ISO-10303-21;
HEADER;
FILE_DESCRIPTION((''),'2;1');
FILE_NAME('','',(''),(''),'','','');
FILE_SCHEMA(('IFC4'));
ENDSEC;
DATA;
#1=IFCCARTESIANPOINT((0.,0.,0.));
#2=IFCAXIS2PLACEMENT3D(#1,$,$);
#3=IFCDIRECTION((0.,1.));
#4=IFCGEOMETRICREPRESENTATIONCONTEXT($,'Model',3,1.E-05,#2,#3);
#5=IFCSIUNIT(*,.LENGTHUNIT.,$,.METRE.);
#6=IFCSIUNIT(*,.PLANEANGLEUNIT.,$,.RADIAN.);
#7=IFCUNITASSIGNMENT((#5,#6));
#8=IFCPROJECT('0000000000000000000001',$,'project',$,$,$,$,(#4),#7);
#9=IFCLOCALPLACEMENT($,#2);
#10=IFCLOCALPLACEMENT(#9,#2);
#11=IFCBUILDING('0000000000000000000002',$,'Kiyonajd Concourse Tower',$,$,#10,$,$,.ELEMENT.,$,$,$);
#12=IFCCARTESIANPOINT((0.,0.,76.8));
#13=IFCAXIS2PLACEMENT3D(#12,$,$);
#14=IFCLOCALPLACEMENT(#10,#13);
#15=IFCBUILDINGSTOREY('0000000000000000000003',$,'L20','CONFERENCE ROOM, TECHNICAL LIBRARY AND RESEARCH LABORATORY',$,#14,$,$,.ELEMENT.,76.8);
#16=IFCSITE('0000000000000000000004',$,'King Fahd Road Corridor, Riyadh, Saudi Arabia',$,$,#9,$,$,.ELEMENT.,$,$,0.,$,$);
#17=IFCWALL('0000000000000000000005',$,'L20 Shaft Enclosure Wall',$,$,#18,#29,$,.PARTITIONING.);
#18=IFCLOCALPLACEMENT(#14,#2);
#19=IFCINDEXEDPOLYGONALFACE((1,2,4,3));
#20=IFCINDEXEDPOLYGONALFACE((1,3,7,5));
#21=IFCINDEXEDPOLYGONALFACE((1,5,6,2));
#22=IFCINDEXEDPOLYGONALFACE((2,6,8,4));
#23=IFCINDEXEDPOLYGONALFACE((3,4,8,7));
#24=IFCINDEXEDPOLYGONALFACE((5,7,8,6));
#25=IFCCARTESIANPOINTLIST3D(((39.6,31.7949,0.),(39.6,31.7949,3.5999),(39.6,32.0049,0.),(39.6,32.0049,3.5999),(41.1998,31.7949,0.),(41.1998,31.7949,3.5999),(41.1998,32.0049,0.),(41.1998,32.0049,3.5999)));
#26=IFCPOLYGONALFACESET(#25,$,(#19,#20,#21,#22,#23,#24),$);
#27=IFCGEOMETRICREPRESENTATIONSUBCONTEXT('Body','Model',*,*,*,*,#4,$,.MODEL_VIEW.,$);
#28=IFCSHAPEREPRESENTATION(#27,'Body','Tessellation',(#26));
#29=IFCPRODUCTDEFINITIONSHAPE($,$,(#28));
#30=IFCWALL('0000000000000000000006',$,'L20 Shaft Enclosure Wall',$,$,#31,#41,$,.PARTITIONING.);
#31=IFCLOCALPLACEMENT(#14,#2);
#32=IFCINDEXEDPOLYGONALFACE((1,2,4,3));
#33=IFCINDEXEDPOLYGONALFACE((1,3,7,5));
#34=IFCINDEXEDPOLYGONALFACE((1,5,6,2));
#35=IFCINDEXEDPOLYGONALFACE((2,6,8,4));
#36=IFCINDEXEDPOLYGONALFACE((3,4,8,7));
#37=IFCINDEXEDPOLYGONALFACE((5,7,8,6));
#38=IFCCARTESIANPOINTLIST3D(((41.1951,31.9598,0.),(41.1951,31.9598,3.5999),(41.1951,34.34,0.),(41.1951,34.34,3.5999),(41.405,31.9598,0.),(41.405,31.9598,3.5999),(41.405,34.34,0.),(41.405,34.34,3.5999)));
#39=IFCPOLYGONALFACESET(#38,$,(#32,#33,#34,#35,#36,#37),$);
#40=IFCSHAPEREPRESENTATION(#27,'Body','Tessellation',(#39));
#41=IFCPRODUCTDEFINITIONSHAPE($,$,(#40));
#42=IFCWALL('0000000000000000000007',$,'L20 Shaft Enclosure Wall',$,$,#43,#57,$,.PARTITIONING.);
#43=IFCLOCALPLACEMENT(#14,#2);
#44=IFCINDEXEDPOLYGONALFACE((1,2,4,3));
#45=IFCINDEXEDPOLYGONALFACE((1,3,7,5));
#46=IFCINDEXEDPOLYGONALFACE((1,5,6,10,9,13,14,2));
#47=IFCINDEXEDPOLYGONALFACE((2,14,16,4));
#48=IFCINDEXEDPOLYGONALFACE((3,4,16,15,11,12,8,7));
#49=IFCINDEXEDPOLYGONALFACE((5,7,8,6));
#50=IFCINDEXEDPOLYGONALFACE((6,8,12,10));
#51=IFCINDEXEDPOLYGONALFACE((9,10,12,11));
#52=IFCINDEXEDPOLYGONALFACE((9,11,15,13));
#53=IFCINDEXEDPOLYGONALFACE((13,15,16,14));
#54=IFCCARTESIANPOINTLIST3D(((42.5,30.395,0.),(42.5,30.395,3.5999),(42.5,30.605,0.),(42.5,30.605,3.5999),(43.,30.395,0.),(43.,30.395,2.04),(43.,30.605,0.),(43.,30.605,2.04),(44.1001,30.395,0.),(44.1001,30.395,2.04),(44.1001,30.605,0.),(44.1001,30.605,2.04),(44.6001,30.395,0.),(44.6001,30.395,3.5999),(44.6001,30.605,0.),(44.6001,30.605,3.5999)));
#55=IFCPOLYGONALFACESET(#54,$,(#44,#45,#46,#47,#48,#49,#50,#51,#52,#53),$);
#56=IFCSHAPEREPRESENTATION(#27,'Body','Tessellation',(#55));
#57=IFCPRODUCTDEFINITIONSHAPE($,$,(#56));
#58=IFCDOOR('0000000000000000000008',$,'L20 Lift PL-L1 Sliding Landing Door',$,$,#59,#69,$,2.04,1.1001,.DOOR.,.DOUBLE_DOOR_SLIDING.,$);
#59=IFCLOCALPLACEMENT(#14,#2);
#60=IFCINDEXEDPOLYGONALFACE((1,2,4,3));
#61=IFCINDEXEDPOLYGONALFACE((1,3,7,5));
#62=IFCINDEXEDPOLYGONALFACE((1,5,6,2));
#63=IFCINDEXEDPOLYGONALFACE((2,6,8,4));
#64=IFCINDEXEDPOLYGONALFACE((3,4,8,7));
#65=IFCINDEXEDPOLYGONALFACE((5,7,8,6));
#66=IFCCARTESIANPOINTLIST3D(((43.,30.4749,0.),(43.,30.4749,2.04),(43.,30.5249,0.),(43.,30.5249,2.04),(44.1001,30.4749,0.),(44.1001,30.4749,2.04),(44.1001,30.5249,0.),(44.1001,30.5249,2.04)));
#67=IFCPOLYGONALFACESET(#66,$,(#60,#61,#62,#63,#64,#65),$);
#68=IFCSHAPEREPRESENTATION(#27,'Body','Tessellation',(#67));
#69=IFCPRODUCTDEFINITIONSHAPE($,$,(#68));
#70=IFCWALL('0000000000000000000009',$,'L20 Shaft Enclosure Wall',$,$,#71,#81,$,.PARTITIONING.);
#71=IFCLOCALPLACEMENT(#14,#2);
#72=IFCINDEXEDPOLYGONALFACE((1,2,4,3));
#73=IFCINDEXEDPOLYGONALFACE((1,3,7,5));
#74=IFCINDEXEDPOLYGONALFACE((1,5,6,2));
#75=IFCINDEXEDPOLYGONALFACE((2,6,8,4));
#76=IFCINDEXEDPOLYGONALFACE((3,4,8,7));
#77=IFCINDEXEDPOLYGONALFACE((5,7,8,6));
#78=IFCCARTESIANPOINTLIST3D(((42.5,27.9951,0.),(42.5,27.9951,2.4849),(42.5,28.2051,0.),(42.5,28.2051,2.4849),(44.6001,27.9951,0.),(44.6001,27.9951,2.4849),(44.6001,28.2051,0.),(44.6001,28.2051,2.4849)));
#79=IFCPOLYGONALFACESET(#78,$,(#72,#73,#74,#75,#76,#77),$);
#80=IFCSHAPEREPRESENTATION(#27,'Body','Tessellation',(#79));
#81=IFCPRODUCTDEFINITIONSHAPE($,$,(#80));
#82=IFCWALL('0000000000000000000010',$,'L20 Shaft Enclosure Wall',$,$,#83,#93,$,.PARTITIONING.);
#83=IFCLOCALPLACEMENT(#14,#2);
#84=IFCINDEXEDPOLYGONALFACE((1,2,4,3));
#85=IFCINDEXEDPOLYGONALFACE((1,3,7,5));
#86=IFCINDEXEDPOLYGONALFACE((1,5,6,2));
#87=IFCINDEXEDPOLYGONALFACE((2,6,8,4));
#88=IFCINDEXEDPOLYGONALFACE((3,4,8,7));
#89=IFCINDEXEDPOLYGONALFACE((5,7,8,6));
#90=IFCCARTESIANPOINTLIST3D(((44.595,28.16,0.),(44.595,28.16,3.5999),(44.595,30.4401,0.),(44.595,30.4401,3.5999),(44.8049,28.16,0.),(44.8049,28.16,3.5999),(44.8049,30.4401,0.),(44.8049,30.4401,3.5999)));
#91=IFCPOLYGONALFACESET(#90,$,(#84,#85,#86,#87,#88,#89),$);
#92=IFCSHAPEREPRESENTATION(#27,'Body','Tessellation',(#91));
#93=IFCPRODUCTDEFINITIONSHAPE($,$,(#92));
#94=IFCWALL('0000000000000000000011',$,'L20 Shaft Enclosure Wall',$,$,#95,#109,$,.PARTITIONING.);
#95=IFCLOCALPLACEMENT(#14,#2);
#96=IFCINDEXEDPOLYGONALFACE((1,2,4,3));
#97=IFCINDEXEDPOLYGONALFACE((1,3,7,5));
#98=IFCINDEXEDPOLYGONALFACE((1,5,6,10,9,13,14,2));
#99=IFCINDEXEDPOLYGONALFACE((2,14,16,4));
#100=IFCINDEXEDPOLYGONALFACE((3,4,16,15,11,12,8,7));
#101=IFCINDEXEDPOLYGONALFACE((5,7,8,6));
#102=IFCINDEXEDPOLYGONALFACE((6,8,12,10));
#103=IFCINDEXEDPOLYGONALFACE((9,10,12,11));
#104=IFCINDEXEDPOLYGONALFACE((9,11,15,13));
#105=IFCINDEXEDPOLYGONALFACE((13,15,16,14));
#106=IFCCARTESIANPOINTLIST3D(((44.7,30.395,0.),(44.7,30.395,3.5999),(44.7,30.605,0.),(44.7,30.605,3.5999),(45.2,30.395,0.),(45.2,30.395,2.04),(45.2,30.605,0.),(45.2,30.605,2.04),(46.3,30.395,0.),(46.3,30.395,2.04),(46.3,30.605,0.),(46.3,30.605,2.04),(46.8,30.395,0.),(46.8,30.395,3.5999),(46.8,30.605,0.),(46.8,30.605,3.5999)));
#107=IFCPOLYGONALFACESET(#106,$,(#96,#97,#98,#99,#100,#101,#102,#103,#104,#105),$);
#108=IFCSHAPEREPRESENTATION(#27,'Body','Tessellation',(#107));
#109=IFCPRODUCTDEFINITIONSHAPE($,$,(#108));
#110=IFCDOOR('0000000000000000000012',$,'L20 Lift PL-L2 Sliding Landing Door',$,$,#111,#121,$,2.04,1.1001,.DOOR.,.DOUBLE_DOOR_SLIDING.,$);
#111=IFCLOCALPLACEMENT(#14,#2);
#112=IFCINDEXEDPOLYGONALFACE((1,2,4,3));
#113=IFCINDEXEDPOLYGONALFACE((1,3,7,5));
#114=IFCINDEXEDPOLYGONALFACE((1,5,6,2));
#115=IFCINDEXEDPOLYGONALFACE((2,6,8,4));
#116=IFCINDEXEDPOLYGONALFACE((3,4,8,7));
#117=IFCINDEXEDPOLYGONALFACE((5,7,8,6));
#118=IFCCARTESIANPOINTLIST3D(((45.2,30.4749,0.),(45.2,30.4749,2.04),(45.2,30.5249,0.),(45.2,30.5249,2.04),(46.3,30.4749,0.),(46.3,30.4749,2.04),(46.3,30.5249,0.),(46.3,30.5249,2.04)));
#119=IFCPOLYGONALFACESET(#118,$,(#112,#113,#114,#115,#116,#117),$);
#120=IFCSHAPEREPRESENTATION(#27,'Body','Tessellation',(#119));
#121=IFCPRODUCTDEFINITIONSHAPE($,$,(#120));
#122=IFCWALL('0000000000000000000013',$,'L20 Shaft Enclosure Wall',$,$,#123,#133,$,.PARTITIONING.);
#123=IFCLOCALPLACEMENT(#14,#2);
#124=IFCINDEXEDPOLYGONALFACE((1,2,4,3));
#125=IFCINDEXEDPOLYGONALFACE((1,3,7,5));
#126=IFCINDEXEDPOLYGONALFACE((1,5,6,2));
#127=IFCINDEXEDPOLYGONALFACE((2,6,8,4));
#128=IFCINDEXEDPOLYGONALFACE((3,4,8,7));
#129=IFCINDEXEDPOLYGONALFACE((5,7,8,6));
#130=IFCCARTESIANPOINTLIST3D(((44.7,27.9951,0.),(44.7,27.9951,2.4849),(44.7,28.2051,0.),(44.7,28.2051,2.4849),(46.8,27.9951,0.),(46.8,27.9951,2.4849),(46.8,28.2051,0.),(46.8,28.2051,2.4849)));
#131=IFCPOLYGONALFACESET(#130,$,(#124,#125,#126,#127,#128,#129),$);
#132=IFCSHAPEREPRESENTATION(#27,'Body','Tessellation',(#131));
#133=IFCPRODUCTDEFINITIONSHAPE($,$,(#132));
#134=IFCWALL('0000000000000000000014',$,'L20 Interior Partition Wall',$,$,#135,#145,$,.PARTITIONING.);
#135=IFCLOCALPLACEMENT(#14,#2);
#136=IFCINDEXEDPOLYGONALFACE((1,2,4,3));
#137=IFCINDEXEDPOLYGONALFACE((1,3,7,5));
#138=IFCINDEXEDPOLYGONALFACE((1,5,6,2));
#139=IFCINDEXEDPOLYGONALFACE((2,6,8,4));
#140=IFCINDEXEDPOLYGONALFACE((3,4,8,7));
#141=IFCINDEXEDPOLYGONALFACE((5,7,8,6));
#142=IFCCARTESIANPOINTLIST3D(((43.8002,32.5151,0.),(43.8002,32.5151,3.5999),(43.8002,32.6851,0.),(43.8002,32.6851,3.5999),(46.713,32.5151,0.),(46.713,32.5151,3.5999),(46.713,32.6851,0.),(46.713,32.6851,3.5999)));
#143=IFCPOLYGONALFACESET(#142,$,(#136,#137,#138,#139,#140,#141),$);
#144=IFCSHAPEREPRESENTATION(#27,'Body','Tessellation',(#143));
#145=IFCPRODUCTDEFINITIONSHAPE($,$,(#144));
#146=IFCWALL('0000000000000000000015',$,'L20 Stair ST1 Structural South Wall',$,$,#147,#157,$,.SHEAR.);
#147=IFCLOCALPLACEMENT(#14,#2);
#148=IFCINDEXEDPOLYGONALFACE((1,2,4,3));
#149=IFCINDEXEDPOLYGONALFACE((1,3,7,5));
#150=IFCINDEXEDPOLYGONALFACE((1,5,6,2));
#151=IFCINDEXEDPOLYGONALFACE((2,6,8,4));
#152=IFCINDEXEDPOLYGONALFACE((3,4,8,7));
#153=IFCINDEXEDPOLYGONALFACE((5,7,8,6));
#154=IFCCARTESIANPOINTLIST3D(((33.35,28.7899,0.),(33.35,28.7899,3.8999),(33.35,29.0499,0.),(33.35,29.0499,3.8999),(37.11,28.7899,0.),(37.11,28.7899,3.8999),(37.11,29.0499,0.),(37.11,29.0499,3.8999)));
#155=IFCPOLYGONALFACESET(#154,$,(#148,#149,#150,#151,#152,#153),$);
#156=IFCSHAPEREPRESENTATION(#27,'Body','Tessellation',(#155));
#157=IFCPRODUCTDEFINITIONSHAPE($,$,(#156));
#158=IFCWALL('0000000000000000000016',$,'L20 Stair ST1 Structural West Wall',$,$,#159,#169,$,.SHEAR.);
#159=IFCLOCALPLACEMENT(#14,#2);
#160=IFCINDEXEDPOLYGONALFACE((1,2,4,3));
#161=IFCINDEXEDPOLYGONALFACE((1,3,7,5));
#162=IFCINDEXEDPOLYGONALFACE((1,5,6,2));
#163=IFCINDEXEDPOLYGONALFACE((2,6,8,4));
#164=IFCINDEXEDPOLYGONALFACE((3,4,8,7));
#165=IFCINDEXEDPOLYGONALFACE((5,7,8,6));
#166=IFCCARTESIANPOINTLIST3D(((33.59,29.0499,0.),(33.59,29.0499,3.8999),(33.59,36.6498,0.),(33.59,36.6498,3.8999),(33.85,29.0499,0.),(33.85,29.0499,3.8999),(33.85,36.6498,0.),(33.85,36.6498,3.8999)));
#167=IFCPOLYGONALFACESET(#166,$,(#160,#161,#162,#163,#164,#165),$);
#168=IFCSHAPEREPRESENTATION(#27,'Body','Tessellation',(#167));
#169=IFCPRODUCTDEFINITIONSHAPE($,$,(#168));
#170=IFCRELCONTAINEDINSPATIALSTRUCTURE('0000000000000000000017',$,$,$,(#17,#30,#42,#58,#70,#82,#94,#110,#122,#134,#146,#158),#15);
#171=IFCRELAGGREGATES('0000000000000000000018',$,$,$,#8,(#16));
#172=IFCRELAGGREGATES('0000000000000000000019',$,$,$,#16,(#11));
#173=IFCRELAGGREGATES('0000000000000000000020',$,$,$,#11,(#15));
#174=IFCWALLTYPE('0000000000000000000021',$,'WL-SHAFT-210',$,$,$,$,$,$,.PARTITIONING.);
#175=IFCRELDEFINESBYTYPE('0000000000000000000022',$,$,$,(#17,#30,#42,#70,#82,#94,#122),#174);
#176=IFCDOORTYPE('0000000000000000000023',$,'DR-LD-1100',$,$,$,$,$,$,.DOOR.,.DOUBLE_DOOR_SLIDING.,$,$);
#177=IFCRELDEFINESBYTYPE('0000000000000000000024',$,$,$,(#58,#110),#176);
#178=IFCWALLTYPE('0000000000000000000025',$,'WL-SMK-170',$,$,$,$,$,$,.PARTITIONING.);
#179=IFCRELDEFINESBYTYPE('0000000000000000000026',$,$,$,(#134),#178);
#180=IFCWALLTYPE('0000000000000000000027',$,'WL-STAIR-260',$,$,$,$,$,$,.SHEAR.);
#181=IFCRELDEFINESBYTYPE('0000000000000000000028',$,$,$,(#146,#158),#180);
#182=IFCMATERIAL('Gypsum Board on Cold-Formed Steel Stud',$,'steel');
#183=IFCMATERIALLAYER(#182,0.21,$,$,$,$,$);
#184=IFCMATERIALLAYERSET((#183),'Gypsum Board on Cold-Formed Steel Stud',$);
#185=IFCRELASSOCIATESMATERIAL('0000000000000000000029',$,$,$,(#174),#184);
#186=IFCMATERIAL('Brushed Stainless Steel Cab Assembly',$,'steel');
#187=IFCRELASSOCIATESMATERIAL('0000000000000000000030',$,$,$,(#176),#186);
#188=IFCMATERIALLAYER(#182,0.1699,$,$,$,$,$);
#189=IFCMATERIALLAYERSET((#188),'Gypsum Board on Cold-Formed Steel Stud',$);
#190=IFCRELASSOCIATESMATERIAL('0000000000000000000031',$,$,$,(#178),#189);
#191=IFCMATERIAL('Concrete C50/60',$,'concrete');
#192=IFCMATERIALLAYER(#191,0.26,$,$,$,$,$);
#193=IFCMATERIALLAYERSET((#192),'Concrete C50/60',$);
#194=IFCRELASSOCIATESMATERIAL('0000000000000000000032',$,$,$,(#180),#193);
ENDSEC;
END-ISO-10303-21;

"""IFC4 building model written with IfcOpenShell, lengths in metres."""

from ifc_helpers import new_model, si_unit, direction, frame, frame_2d, origin, place, context, subcontext, project, spatial, rectangle, extrude, material, layer, layer_set, type_object, element, fill, save


model = new_model("IFC4")

# Units and contexts
model_context = context("Model", 3, precision=1e-05, world=origin(), true_north=direction((0.0, 1.0)))
body_context = subcontext(model_context, "Body", "Model", "MODEL_VIEW")
ifc_project = project(units=[si_unit("LENGTHUNIT", "METRE"), si_unit("PLANEANGLEUNIT", "RADIAN")], contexts=[model_context])

# Site, building, storey
site_placement = place(None, origin())
site = spatial("IfcSite", under=ifc_project, at=site_placement, Name="King Fahd Road Corridor, Riyadh, Saudi Arabia", CompositionType="ELEMENT", RefElevation=0.0)
building_placement = place(site_placement, origin())
building = spatial("IfcBuilding", under=site, at=building_placement, Name="Kiyonajd Concourse Tower", CompositionType="ELEMENT")
storey_placement = place(building_placement, frame((0.0, 0.0, 76.8)))
storey = spatial("IfcBuildingStorey", under=building, at=storey_placement, Name="L20", Description="CONFERENCE ROOM, TECHNICAL LIBRARY AND RESEARCH LABORATORY", CompositionType="ELEMENT", Elevation=76.8)

# Shared definitions
ifc_material_1 = material(Name="Concrete C50/60", Category="concrete")

# Shared definitions
ifc_material_2 = material(Name="Brushed Stainless Steel Cab Assembly", Category="steel")

# Shared definitions
ifc_material_3 = material(Name="Gypsum Board on Cold-Formed Steel Stud", Category="steel")

# Shared definitions
ifc_layer_1 = layer(ifc_material_3, 0.21)
ifc_layer_set_1 = layer_set([ifc_layer_1], Name="Gypsum Board on Cold-Formed Steel Stud")
wall_type_1 = type_object("IfcWallType", Name="WL-SHAFT-210", PredefinedType="PARTITIONING", material=ifc_layer_set_1)

# Walls
wall_1_placement = place(storey_placement, frame((39.6001, 31.8999, 0.0), z_axis=(0.0, 0.0, 1.0), x_axis=(1.0, 0.0, 0.0)))
element("IfcWall", 1, at=wall_1_placement, inside=storey, type_object=wall_type_1, Name="L20 Shaft Enclosure Wall", PredefinedType="PARTITIONING", context=body_context, shape_type="SweptSolid", body=[
    extrude(rectangle(XDim=1.5999, YDim=0.21, at=frame_2d((0.7998, 0.0))), origin(), (0.0, 0.0, 1.0), 3.5999),
])
wall_2_placement = place(storey_placement, frame((41.3, 31.96, 0.0), z_axis=(0.0, 0.0, 1.0), x_axis=(0.0, 1.0, 0.0)))
element("IfcWall", 2, at=wall_2_placement, inside=storey, type_object=wall_type_1, Name="L20 Shaft Enclosure Wall", PredefinedType="PARTITIONING", context=body_context, shape_type="SweptSolid", body=[
    extrude(rectangle(XDim=2.3801, YDim=0.21, at=frame_2d((1.1899, 0.0))), origin(), (0.0, 0.0, 1.0), 3.5999),
])

# Wall, opening, door
wall_3_placement = place(storey_placement, frame((42.5, 30.5, 0.0), z_axis=(0.0, 0.0, 1.0), x_axis=(1.0, 0.0, 0.0)))
wall_3 = element("IfcWall", 3, at=wall_3_placement, inside=storey, type_object=wall_type_1, Name="L20 Shaft Enclosure Wall", PredefinedType="PARTITIONING", context=body_context, shape_type="SweptSolid", body=[
    extrude(rectangle(XDim=2.1001, YDim=0.21, at=frame_2d((1.05, 0.0))), origin(), (0.0, 0.0, 1.0), 3.5999),
])
opening_1_placement = place(wall_3_placement, frame((0.5, 0.0, 0.0)))
opening_1 = element("IfcOpeningElement", 4, at=opening_1_placement, cuts=wall_3, PredefinedType="OPENING", context=body_context, shape_type="SweptSolid", body=[
    extrude(rectangle(XDim=1.1001, YDim=2.04, at=frame_2d((0.55, 1.02))), frame((0.0, 0.115, 0.0), z_axis=(0.0, -1.0, 0.0), x_axis=(1.0, 0.0, 0.0)), (0.0, 0.0, 1.0), 0.23),
])
door_type_1 = type_object("IfcDoorType", Name="DR-LD-1100", OperationType="DOUBLE_DOOR_SLIDING", PredefinedType="DOOR", material=ifc_material_2)
door_1_placement = place(opening_1_placement, origin())
door_1 = element("IfcDoor", 5, at=door_1_placement, inside=storey, type_object=door_type_1, Name="L20 Lift PL-L1 Sliding Landing Door", OperationType="DOUBLE_DOOR_SLIDING", OverallHeight=2.04, OverallWidth=1.1001, PredefinedType="DOOR", context=body_context, shape_type="SweptSolid", body=[
    extrude(rectangle(XDim=1.1001, YDim=2.04, at=frame_2d((0.55, 1.02))), frame((0.0, 0.0249, 0.0), z_axis=(0.0, -1.0, 0.0), x_axis=(1.0, 0.0, 0.0)), (0.0, 0.0, 1.0), 0.05),
])
fill(opening_1, door_1)

# Walls
wall_4_placement = place(storey_placement, frame((42.5, 28.1001, 0.0), z_axis=(0.0, 0.0, 1.0), x_axis=(1.0, 0.0, 0.0)))
element("IfcWall", 6, at=wall_4_placement, inside=storey, type_object=wall_type_1, Name="L20 Shaft Enclosure Wall", PredefinedType="PARTITIONING", context=body_context, shape_type="SweptSolid", body=[
    extrude(rectangle(XDim=2.1001, YDim=0.21, at=frame_2d((1.05, 0.0))), origin(), (0.0, 0.0, 1.0), 2.4849),
])
wall_5_placement = place(storey_placement, frame((44.7, 28.1599, 0.0), z_axis=(0.0, 0.0, 1.0), x_axis=(0.0, 1.0, 0.0)))
element("IfcWall", 7, at=wall_5_placement, inside=storey, type_object=wall_type_1, Name="L20 Shaft Enclosure Wall", PredefinedType="PARTITIONING", context=body_context, shape_type="SweptSolid", body=[
    extrude(rectangle(XDim=2.28, YDim=0.21, at=frame_2d((1.1401, 0.0))), origin(), (0.0, 0.0, 1.0), 3.5999),
])

# Wall, opening, door
wall_6_placement = place(storey_placement, frame((44.7, 30.5, 0.0), z_axis=(0.0, 0.0, 1.0), x_axis=(1.0, 0.0, 0.0)))
wall_6 = element("IfcWall", 8, at=wall_6_placement, inside=storey, type_object=wall_type_1, Name="L20 Shaft Enclosure Wall", PredefinedType="PARTITIONING", context=body_context, shape_type="SweptSolid", body=[
    extrude(rectangle(XDim=2.1001, YDim=0.21, at=frame_2d((1.05, 0.0))), origin(), (0.0, 0.0, 1.0), 3.5999),
])
opening_2_placement = place(wall_6_placement, frame((0.5, 0.0, 0.0)))
opening_2 = element("IfcOpeningElement", 9, at=opening_2_placement, cuts=wall_6, PredefinedType="OPENING", context=body_context, shape_type="SweptSolid", body=[
    extrude(rectangle(XDim=1.1001, YDim=2.04, at=frame_2d((0.55, 1.02))), frame((0.0, 0.115, 0.0), z_axis=(0.0, -1.0, 0.0), x_axis=(1.0, 0.0, 0.0)), (0.0, 0.0, 1.0), 0.23),
])
door_2_placement = place(opening_2_placement, origin())
door_2 = element("IfcDoor", 10, at=door_2_placement, inside=storey, type_object=door_type_1, Name="L20 Lift PL-L2 Sliding Landing Door", OperationType="DOUBLE_DOOR_SLIDING", OverallHeight=2.04, OverallWidth=1.1001, PredefinedType="DOOR", context=body_context, shape_type="SweptSolid", body=[
    extrude(rectangle(XDim=1.1001, YDim=2.04, at=frame_2d((0.55, 1.02))), frame((0.0, 0.0249, 0.0), z_axis=(0.0, -1.0, 0.0), x_axis=(1.0, 0.0, 0.0)), (0.0, 0.0, 1.0), 0.05),
])
fill(opening_2, door_2)

# Walls
wall_7_placement = place(storey_placement, frame((44.7, 28.1001, 0.0), z_axis=(0.0, 0.0, 1.0), x_axis=(1.0, 0.0, 0.0)))
element("IfcWall", 11, at=wall_7_placement, inside=storey, type_object=wall_type_1, Name="L20 Shaft Enclosure Wall", PredefinedType="PARTITIONING", context=body_context, shape_type="SweptSolid", body=[
    extrude(rectangle(XDim=2.1001, YDim=0.21, at=frame_2d((1.05, 0.0))), origin(), (0.0, 0.0, 1.0), 2.4849),
])
ifc_layer_2 = layer(ifc_material_3, 0.1699)
ifc_layer_set_2 = layer_set([ifc_layer_2], Name="Gypsum Board on Cold-Formed Steel Stud")
wall_type_2 = type_object("IfcWallType", Name="WL-SMK-170", PredefinedType="PARTITIONING", material=ifc_layer_set_2)
wall_8_placement = place(storey_placement, frame((43.8, 32.6001, 0.0), z_axis=(0.0, 0.0, 1.0), x_axis=(1.0, 0.0, 0.0)))
element("IfcWall", 12, at=wall_8_placement, inside=storey, type_object=wall_type_2, Name="L20 Interior Partition Wall", PredefinedType="PARTITIONING", context=body_context, shape_type="SweptSolid", body=[
    extrude(rectangle(XDim=2.9128, YDim=0.1699, at=frame_2d((1.4565, 0.0))), origin(), (0.0, 0.0, 1.0), 3.5999),
])
ifc_layer_3 = layer(ifc_material_1, 0.26)
ifc_layer_set_3 = layer_set([ifc_layer_3], Name="Concrete C50/60")
wall_type_3 = type_object("IfcWallType", Name="WL-STAIR-260", PredefinedType="SHEAR", material=ifc_layer_set_3)
wall_9_placement = place(storey_placement, frame((33.3501, 28.9199, 0.0), z_axis=(0.0, 0.0, 1.0), x_axis=(1.0, 0.0, 0.0)))
element("IfcWall", 13, at=wall_9_placement, inside=storey, type_object=wall_type_3, Name="L20 Stair ST1 Structural South Wall", PredefinedType="SHEAR", context=body_context, shape_type="SweptSolid", body=[
    extrude(rectangle(XDim=3.76, YDim=0.26, at=frame_2d((1.8799, 0.0))), origin(), (0.0, 0.0, 1.0), 3.8999),
])
wall_10_placement = place(storey_placement, frame((33.72, 29.05, 0.0), z_axis=(0.0, 0.0, 1.0), x_axis=(0.0, 1.0, 0.0)))
element("IfcWall", 14, at=wall_10_placement, inside=storey, type_object=wall_type_3, Name="L20 Stair ST1 Structural West Wall", PredefinedType="SHEAR", context=body_context, shape_type="SweptSolid", body=[
    extrude(rectangle(XDim=7.5999, YDim=0.26, at=frame_2d((3.7998, 0.0))), origin(), (0.0, 0.0, 1.0), 3.8999),
])

save(model, "model.ifc")
